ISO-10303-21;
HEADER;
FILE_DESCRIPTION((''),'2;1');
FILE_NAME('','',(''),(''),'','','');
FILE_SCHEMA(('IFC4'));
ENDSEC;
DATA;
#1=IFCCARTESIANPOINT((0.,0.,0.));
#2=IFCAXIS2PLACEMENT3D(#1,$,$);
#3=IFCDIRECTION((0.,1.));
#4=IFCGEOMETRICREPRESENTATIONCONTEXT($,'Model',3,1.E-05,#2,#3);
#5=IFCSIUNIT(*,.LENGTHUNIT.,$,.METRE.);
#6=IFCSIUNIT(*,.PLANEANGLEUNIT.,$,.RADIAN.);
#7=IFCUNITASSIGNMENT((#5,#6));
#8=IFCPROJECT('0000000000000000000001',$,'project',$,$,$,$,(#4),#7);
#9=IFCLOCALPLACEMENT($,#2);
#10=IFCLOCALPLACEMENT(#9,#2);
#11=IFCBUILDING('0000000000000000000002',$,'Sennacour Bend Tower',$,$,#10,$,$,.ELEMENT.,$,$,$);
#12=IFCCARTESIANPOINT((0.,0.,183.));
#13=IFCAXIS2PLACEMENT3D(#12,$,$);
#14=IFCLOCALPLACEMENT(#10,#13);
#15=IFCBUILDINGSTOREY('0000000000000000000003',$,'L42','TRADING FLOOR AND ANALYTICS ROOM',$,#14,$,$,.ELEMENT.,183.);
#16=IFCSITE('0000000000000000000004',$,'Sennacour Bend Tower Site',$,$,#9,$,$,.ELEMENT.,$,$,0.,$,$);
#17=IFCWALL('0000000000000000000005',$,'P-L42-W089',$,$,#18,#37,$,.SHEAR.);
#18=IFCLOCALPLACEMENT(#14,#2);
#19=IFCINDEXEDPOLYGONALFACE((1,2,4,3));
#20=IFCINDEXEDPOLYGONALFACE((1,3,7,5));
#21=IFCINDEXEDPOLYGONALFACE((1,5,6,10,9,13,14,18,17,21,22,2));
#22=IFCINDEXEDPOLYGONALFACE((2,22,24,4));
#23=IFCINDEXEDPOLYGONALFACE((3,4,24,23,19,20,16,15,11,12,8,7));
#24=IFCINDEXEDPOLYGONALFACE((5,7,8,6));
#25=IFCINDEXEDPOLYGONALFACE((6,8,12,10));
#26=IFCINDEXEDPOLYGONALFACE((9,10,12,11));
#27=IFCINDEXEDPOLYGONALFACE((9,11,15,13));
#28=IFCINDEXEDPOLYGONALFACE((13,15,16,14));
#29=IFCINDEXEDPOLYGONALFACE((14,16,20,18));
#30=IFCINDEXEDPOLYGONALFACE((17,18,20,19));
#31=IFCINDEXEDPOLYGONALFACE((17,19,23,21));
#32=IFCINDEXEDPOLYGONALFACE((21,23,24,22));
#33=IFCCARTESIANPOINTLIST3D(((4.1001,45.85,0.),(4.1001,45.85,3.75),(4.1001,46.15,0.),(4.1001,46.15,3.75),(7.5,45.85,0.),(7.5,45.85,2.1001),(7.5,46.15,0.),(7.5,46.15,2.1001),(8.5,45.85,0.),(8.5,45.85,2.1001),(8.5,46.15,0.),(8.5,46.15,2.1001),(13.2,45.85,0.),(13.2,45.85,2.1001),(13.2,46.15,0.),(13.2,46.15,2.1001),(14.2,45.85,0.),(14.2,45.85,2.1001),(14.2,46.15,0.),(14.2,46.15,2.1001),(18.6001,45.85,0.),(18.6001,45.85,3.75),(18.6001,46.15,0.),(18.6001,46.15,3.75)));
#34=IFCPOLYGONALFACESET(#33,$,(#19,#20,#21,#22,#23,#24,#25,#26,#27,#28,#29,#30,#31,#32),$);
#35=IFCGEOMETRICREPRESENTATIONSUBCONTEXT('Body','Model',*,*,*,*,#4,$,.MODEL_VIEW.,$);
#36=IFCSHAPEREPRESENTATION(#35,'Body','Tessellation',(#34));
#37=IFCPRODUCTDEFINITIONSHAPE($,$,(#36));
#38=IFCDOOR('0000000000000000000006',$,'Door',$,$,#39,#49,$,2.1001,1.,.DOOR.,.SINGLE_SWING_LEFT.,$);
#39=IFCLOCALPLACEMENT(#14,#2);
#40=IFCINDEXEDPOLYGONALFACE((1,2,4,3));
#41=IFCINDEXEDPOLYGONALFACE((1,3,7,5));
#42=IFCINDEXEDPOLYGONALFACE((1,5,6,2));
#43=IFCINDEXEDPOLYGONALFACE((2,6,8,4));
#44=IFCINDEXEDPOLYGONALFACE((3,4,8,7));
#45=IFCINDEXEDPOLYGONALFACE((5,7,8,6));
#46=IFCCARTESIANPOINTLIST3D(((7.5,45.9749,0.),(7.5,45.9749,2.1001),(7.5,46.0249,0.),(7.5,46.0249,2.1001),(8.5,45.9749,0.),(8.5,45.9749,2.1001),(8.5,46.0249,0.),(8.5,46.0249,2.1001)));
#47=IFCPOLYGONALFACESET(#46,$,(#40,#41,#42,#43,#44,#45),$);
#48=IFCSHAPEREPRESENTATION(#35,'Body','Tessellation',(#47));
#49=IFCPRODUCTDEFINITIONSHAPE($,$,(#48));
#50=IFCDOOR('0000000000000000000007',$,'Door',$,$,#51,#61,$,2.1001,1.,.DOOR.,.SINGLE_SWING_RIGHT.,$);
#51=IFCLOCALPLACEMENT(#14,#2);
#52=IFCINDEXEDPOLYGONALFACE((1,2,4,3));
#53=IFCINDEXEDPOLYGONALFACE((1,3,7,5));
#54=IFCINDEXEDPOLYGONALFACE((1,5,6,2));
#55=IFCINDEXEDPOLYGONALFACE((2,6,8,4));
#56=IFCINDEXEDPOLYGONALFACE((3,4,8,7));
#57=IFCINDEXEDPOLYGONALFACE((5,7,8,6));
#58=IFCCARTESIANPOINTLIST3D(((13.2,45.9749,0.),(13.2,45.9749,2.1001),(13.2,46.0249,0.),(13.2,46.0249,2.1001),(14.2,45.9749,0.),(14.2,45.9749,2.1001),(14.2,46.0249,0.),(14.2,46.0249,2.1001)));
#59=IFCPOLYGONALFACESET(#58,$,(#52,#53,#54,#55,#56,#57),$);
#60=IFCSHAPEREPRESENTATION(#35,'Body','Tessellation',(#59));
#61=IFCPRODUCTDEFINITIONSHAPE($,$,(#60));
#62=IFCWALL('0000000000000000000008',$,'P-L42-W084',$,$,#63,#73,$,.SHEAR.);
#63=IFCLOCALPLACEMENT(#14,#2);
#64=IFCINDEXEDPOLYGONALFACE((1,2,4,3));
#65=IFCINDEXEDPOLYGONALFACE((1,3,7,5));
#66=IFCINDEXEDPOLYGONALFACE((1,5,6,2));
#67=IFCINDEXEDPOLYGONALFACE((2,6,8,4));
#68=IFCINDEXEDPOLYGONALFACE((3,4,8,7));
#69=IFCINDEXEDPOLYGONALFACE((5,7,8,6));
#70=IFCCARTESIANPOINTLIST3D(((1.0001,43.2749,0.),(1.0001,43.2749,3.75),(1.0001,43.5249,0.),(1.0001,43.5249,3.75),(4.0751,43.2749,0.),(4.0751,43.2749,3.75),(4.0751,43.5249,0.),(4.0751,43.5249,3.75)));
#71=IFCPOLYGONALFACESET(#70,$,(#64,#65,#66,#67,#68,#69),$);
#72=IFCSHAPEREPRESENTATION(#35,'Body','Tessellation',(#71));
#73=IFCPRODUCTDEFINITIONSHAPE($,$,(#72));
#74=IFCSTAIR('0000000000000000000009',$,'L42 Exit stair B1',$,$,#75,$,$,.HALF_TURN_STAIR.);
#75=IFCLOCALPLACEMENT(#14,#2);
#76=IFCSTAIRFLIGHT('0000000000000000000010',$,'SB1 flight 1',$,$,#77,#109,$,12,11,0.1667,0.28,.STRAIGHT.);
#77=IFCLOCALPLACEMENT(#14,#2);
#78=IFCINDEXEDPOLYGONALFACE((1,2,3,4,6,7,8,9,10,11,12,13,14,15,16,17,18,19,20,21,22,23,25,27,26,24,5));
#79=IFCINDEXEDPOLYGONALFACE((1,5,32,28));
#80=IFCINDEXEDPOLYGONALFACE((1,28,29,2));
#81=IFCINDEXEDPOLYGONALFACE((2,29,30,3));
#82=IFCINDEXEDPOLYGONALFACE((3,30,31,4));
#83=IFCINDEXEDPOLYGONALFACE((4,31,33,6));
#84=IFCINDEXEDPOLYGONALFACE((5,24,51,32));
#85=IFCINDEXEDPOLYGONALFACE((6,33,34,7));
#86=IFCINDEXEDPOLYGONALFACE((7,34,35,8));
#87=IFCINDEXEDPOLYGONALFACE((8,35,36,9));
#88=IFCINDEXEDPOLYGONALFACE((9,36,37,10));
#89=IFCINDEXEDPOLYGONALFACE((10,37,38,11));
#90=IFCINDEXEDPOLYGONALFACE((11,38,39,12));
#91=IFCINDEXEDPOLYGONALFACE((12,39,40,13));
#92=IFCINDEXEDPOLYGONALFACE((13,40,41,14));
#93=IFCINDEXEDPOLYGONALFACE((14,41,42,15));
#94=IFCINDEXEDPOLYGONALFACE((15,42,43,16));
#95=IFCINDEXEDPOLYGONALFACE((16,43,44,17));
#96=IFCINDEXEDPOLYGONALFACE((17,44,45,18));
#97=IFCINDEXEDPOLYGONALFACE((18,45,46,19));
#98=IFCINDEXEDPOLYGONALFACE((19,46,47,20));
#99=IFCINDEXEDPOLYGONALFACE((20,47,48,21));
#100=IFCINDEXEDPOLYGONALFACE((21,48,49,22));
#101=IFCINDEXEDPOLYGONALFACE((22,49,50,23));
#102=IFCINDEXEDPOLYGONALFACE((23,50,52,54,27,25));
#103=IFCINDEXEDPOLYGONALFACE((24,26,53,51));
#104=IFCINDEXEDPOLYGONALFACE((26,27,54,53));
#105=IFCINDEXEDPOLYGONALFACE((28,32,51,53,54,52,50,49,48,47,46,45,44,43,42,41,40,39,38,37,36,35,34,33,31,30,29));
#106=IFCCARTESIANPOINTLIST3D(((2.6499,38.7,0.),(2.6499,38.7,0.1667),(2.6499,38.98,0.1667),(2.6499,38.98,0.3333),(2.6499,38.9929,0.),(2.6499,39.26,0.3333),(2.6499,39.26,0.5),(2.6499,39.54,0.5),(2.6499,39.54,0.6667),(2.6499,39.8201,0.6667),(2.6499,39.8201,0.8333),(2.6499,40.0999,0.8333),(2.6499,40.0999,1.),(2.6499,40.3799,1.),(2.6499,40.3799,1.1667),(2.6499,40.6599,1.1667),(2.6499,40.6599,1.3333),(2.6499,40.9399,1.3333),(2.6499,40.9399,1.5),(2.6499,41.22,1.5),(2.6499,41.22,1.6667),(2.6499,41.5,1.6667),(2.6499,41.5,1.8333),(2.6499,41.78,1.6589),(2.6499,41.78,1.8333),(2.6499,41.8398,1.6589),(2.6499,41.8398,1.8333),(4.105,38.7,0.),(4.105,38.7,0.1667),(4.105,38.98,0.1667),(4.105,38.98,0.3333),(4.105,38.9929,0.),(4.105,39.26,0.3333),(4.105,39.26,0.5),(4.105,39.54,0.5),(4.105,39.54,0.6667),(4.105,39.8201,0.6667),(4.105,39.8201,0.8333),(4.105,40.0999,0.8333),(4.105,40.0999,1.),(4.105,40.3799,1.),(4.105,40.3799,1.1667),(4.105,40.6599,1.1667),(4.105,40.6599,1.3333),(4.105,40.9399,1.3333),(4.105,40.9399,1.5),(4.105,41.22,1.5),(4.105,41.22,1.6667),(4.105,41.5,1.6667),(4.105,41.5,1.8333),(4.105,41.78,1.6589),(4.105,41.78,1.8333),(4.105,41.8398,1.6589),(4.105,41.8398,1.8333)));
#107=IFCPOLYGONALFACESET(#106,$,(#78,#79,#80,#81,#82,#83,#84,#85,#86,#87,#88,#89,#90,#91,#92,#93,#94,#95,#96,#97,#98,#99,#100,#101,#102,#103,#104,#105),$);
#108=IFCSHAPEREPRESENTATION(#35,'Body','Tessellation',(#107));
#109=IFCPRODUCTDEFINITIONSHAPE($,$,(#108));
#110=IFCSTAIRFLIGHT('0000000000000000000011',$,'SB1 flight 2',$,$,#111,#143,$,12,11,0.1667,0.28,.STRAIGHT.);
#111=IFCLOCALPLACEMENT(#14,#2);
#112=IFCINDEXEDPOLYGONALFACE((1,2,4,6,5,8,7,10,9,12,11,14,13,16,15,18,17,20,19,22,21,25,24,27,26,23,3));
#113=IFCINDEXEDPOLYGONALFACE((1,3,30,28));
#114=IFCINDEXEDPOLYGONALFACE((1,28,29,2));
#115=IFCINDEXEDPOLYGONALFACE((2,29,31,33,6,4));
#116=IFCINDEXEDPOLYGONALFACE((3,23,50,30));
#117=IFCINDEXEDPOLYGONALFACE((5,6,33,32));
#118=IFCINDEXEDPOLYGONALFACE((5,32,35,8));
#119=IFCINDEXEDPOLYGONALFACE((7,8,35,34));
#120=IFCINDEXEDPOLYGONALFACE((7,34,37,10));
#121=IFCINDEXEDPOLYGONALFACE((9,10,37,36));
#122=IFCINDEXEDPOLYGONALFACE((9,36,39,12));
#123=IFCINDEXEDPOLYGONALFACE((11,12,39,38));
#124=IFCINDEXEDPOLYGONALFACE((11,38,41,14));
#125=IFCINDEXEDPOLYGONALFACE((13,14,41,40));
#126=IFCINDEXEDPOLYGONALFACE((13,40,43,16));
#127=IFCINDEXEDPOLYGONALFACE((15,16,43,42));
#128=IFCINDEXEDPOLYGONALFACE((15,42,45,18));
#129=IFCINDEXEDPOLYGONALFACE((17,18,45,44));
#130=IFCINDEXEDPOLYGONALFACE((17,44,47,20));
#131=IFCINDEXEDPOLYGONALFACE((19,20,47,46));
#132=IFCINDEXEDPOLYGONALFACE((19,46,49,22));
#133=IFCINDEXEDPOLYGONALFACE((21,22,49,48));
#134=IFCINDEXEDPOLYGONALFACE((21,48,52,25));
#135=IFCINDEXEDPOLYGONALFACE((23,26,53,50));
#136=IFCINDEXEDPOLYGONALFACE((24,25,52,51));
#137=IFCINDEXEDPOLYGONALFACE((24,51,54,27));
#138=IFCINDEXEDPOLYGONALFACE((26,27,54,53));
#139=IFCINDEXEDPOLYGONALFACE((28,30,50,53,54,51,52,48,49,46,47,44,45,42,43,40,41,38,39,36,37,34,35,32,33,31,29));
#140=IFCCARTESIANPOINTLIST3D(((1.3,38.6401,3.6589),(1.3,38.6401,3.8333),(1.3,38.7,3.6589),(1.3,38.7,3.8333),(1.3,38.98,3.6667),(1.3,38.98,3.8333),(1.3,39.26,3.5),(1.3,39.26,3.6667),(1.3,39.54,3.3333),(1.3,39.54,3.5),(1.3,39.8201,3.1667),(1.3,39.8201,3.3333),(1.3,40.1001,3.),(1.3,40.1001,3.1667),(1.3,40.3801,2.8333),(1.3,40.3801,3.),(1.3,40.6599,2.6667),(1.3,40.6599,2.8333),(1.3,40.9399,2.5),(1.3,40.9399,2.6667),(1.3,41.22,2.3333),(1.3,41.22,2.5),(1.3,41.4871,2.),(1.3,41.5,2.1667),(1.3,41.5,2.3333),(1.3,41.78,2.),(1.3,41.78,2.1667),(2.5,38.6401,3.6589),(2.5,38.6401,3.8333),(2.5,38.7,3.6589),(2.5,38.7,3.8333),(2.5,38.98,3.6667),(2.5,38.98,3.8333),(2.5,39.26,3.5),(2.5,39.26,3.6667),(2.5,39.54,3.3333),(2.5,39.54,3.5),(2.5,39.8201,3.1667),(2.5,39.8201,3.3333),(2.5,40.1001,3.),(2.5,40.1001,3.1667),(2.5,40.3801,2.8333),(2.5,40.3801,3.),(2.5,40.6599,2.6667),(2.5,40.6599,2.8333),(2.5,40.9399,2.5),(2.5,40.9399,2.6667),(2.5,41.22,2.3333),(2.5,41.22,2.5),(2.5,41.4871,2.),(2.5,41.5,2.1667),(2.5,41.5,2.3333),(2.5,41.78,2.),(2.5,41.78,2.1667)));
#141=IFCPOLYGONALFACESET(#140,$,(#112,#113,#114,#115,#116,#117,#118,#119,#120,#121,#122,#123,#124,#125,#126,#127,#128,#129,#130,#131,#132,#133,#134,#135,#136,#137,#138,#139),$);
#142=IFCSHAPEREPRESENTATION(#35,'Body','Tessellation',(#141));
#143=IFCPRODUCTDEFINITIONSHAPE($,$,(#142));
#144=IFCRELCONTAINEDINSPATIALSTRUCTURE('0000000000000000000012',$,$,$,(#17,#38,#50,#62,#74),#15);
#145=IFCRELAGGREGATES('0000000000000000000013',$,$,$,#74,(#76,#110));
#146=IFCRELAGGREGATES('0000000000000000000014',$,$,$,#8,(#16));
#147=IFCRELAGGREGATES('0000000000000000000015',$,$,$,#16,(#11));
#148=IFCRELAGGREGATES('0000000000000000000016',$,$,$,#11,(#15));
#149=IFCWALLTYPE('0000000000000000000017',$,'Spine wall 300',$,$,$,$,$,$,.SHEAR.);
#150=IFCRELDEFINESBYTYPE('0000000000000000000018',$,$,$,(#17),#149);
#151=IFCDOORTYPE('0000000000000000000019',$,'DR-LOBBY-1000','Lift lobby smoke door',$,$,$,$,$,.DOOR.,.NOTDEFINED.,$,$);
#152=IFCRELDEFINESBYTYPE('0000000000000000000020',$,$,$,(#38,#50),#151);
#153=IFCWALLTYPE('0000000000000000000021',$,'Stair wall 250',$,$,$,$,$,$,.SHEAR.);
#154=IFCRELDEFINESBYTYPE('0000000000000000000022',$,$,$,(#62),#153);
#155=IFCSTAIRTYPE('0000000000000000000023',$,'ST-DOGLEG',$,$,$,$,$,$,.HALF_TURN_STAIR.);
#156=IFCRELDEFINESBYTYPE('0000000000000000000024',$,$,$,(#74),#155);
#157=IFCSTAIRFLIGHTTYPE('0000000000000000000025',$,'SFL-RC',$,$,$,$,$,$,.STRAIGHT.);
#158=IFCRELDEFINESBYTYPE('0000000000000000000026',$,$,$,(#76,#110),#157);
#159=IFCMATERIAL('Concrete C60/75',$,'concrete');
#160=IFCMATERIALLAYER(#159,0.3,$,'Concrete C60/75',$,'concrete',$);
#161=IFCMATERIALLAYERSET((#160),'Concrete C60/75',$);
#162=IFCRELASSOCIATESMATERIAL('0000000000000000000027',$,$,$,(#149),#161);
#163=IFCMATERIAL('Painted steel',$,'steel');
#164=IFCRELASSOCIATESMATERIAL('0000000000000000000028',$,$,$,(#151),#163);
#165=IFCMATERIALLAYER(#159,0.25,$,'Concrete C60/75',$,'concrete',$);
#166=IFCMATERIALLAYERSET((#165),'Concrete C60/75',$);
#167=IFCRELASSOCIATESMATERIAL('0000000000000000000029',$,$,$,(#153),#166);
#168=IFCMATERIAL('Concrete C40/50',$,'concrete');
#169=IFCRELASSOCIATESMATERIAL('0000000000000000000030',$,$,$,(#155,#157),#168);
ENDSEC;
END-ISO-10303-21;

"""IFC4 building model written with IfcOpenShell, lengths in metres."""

from ifc_helpers import new_model, si_unit, direction, frame, frame_2d, origin, place, context, subcontext, project, spatial, polyline, rectangle, outline, extrude, material, layer, layer_set, type_object, element, fill, aggregate, save


model = new_model("IFC4")

# Units and contexts
model_context = context("Model", 3, precision=1e-05, world=origin(), true_north=direction((0.0, 1.0)))
body_context = subcontext(model_context, "Body", "Model", "MODEL_VIEW")
ifc_project = project(units=[si_unit("LENGTHUNIT", "METRE"), si_unit("PLANEANGLEUNIT", "RADIAN")], contexts=[model_context])

# Site, building, storey
site_placement = place(None, origin())
site = spatial("IfcSite", under=ifc_project, at=site_placement, Name="Sennacour Bend Tower Site", CompositionType="ELEMENT", RefElevation=0.0)
building_placement = place(site_placement, origin())
building = spatial("IfcBuilding", under=site, at=building_placement, Name="Sennacour Bend Tower", CompositionType="ELEMENT")
storey_placement = place(building_placement, frame((0.0, 0.0, 183.0)))
storey = spatial("IfcBuildingStorey", under=building, at=storey_placement, Name="L42", Description="TRADING FLOOR AND ANALYTICS ROOM", CompositionType="ELEMENT", Elevation=183.0)

# Shared definitions
ifc_material_1 = material(Name="Concrete C60/75", Category="concrete")

# Shared definitions
ifc_material_2 = material(Name="Painted steel", Category="steel")

# Wall, openings, doors
ifc_layer_1 = layer(ifc_material_1, 0.3, Name="Concrete C60/75", Category="concrete")
ifc_layer_set_1 = layer_set([ifc_layer_1], Name="Concrete C60/75")
wall_type_1 = type_object("IfcWallType", Name="Spine wall 300", PredefinedType="SHEAR", material=ifc_layer_set_1)
wall_1_placement = place(storey_placement, frame((4.1001, 46.0, 0.0), z_axis=(0.0, 0.0, 1.0), x_axis=(1.0, 0.0, 0.0)))
wall_1 = element("IfcWall", 1, at=wall_1_placement, inside=storey, type_object=wall_type_1, Name="P-L42-W089", PredefinedType="SHEAR", context=body_context, shape_type="SweptSolid", body=[
    extrude(rectangle(XDim=14.5, YDim=0.3, at=frame_2d((7.25, 0.0))), origin(), (0.0, 0.0, 1.0), 3.75),
])
opening_1_placement = place(wall_1_placement, frame((3.3999, 0.0, 0.0)))
opening_1 = element("IfcOpeningElement", 2, at=opening_1_placement, cuts=wall_1, PredefinedType="OPENING", context=body_context, shape_type="SweptSolid", body=[
    extrude(rectangle(XDim=1.0, YDim=2.1001, at=frame_2d((0.5, 1.05))), frame((0.0, 0.1602, 0.0), z_axis=(0.0, -1.0, 0.0), x_axis=(1.0, 0.0, 0.0)), (0.0, 0.0, 1.0), 0.3201),
])
opening_2_placement = place(wall_1_placement, frame((9.0999, 0.0, 0.0)))
opening_2 = element("IfcOpeningElement", 3, at=opening_2_placement, cuts=wall_1, PredefinedType="OPENING", context=body_context, shape_type="SweptSolid", body=[
    extrude(rectangle(XDim=1.0, YDim=2.1001, at=frame_2d((0.5, 1.05))), frame((0.0, 0.1602, 0.0), z_axis=(0.0, -1.0, 0.0), x_axis=(1.0, 0.0, 0.0)), (0.0, 0.0, 1.0), 0.3201),
])
door_type_1 = type_object("IfcDoorType", Name="DR-LOBBY-1000", Description="Lift lobby smoke door", OperationType="NOTDEFINED", PredefinedType="DOOR", material=ifc_material_2)
door_1_placement = place(opening_1_placement, origin())
door_1 = element("IfcDoor", 4, at=door_1_placement, inside=storey, type_object=door_type_1, Name="Door", OperationType="SINGLE_SWING_LEFT", OverallHeight=2.1001, OverallWidth=1.0, PredefinedType="DOOR", context=body_context, shape_type="SweptSolid", body=[
    extrude(rectangle(XDim=1.0, YDim=2.1001, at=frame_2d((0.5, 1.05))), frame((0.0, 0.0249, 0.0), z_axis=(0.0, -1.0, 0.0), x_axis=(1.0, 0.0, 0.0)), (0.0, 0.0, 1.0), 0.05),
])
fill(opening_1, door_1)
door_2_placement = place(opening_2_placement, origin())
door_2 = element("IfcDoor", 5, at=door_2_placement, inside=storey, type_object=door_type_1, Name="Door", OperationType="SINGLE_SWING_RIGHT", OverallHeight=2.1001, OverallWidth=1.0, PredefinedType="DOOR", context=body_context, shape_type="SweptSolid", body=[
    extrude(rectangle(XDim=1.0, YDim=2.1001, at=frame_2d((0.5, 1.05))), frame((0.0, 0.0249, 0.0), z_axis=(0.0, -1.0, 0.0), x_axis=(1.0, 0.0, 0.0)), (0.0, 0.0, 1.0), 0.05),
])
fill(opening_2, door_2)

# Wall
ifc_layer_2 = layer(ifc_material_1, 0.25, Name="Concrete C60/75", Category="concrete")
ifc_layer_set_2 = layer_set([ifc_layer_2], Name="Concrete C60/75")
wall_type_2 = type_object("IfcWallType", Name="Stair wall 250", PredefinedType="SHEAR", material=ifc_layer_set_2)
wall_2_placement = place(storey_placement, frame((1.0, 43.3999, 0.0), z_axis=(0.0, 0.0, 1.0), x_axis=(1.0, 0.0, 0.0)))
element("IfcWall", 6, at=wall_2_placement, inside=storey, type_object=wall_type_2, Name="P-L42-W084", PredefinedType="SHEAR", context=body_context, shape_type="SweptSolid", body=[
    extrude(rectangle(XDim=3.075, YDim=0.25, at=frame_2d((1.5376, 0.0))), origin(), (0.0, 0.0, 1.0), 3.75),
])

# Stair, stair flights
ifc_material_3 = material(Name="Concrete C40/50", Category="concrete")
stair_type = type_object("IfcStairType", Name="ST-DOGLEG", PredefinedType="HALF_TURN_STAIR", material=ifc_material_3)
stair_placement = place(storey_placement, origin())
stair = element("IfcStair", 7, at=stair_placement, inside=storey, type_object=stair_type, Name="L42 Exit stair B1", PredefinedType="HALF_TURN_STAIR")
stair_flight_type = type_object("IfcStairFlightType", Name="SFL-RC", PredefinedType="STRAIGHT", material=ifc_material_3)
stair_flight_1_placement = place(storey_placement, frame((3.3774, 38.7, 0.0), z_axis=(0.0, 0.0, 1.0), x_axis=(0.0, 1.0, 0.0)))
stair_flight_1 = element("IfcStairFlight", 8, at=stair_flight_1_placement, type_object=stair_flight_type, Name="SB1 flight 1", NumberOfRisers=12, NumberOfTreads=11, PredefinedType="STRAIGHT", RiserHeight=0.1667, TreadLength=0.28, context=body_context, shape_type="SweptSolid", body=[
    extrude(outline(polyline([(0.0, 0.0), (0.0, 0.1667), (0.28, 0.1667), (0.28, 0.3333), (0.5601, 0.3333), (0.5601, 0.5), (0.8401, 0.5), (0.8401, 0.6667), (1.1201, 0.6667), (1.1201, 0.8333), (1.3999, 0.8333), (1.3999, 1.0), (1.6799, 1.0), (1.6799, 1.1667), (1.96, 1.1667), (1.96, 1.3333), (2.24, 1.3333), (2.24, 1.5), (2.52, 1.5), (2.52, 1.6667), (2.8, 1.6667), (2.8, 1.8333), (3.0801, 1.8333), (3.1399, 1.8333), (3.1399, 1.6589), (3.0801, 1.6589), (0.293, 0.0), (0.0, 0.0)])), frame((0.0, 0.7275, 0.0), z_axis=(0.0, -1.0, 0.0), x_axis=(1.0, 0.0, 0.0)), (0.0, 0.0, 1.0), 1.4551),
])
stair_flight_2_placement = place(storey_placement, frame((1.8999, 41.78, 2.0), z_axis=(0.0, 0.0, 1.0), x_axis=(0.0, -1.0, 0.0)))
stair_flight_2 = element("IfcStairFlight", 9, at=stair_flight_2_placement, type_object=stair_flight_type, Name="SB1 flight 2", NumberOfRisers=12, NumberOfTreads=11, PredefinedType="STRAIGHT", RiserHeight=0.1667, TreadLength=0.28, context=body_context, shape_type="SweptSolid", body=[
    extrude(outline(polyline([(0.0, 0.0), (0.0, 0.1667), (0.28, 0.1667), (0.28, 0.3333), (0.5601, 0.3333), (0.5601, 0.5), (0.8401, 0.5), (0.8401, 0.6667), (1.1201, 0.6667), (1.1201, 0.8333), (1.3999, 0.8333), (1.3999, 1.0), (1.6799, 1.0), (1.6799, 1.1667), (1.96, 1.1667), (1.96, 1.3333), (2.24, 1.3333), (2.24, 1.5), (2.52, 1.5), (2.52, 1.6667), (2.8, 1.6667), (2.8, 1.8333), (3.0801, 1.8333), (3.1399, 1.8333), (3.1399, 1.6589), (3.0801, 1.6589), (0.293, 0.0), (0.0, 0.0)])), frame((0.0, 0.6001, 0.0), z_axis=(0.0, -1.0, 0.0), x_axis=(1.0, 0.0, 0.0)), (0.0, 0.0, 1.0), 1.2),
])
aggregate(stair, [stair_flight_1, stair_flight_2])

save(model, "model.ifc")
